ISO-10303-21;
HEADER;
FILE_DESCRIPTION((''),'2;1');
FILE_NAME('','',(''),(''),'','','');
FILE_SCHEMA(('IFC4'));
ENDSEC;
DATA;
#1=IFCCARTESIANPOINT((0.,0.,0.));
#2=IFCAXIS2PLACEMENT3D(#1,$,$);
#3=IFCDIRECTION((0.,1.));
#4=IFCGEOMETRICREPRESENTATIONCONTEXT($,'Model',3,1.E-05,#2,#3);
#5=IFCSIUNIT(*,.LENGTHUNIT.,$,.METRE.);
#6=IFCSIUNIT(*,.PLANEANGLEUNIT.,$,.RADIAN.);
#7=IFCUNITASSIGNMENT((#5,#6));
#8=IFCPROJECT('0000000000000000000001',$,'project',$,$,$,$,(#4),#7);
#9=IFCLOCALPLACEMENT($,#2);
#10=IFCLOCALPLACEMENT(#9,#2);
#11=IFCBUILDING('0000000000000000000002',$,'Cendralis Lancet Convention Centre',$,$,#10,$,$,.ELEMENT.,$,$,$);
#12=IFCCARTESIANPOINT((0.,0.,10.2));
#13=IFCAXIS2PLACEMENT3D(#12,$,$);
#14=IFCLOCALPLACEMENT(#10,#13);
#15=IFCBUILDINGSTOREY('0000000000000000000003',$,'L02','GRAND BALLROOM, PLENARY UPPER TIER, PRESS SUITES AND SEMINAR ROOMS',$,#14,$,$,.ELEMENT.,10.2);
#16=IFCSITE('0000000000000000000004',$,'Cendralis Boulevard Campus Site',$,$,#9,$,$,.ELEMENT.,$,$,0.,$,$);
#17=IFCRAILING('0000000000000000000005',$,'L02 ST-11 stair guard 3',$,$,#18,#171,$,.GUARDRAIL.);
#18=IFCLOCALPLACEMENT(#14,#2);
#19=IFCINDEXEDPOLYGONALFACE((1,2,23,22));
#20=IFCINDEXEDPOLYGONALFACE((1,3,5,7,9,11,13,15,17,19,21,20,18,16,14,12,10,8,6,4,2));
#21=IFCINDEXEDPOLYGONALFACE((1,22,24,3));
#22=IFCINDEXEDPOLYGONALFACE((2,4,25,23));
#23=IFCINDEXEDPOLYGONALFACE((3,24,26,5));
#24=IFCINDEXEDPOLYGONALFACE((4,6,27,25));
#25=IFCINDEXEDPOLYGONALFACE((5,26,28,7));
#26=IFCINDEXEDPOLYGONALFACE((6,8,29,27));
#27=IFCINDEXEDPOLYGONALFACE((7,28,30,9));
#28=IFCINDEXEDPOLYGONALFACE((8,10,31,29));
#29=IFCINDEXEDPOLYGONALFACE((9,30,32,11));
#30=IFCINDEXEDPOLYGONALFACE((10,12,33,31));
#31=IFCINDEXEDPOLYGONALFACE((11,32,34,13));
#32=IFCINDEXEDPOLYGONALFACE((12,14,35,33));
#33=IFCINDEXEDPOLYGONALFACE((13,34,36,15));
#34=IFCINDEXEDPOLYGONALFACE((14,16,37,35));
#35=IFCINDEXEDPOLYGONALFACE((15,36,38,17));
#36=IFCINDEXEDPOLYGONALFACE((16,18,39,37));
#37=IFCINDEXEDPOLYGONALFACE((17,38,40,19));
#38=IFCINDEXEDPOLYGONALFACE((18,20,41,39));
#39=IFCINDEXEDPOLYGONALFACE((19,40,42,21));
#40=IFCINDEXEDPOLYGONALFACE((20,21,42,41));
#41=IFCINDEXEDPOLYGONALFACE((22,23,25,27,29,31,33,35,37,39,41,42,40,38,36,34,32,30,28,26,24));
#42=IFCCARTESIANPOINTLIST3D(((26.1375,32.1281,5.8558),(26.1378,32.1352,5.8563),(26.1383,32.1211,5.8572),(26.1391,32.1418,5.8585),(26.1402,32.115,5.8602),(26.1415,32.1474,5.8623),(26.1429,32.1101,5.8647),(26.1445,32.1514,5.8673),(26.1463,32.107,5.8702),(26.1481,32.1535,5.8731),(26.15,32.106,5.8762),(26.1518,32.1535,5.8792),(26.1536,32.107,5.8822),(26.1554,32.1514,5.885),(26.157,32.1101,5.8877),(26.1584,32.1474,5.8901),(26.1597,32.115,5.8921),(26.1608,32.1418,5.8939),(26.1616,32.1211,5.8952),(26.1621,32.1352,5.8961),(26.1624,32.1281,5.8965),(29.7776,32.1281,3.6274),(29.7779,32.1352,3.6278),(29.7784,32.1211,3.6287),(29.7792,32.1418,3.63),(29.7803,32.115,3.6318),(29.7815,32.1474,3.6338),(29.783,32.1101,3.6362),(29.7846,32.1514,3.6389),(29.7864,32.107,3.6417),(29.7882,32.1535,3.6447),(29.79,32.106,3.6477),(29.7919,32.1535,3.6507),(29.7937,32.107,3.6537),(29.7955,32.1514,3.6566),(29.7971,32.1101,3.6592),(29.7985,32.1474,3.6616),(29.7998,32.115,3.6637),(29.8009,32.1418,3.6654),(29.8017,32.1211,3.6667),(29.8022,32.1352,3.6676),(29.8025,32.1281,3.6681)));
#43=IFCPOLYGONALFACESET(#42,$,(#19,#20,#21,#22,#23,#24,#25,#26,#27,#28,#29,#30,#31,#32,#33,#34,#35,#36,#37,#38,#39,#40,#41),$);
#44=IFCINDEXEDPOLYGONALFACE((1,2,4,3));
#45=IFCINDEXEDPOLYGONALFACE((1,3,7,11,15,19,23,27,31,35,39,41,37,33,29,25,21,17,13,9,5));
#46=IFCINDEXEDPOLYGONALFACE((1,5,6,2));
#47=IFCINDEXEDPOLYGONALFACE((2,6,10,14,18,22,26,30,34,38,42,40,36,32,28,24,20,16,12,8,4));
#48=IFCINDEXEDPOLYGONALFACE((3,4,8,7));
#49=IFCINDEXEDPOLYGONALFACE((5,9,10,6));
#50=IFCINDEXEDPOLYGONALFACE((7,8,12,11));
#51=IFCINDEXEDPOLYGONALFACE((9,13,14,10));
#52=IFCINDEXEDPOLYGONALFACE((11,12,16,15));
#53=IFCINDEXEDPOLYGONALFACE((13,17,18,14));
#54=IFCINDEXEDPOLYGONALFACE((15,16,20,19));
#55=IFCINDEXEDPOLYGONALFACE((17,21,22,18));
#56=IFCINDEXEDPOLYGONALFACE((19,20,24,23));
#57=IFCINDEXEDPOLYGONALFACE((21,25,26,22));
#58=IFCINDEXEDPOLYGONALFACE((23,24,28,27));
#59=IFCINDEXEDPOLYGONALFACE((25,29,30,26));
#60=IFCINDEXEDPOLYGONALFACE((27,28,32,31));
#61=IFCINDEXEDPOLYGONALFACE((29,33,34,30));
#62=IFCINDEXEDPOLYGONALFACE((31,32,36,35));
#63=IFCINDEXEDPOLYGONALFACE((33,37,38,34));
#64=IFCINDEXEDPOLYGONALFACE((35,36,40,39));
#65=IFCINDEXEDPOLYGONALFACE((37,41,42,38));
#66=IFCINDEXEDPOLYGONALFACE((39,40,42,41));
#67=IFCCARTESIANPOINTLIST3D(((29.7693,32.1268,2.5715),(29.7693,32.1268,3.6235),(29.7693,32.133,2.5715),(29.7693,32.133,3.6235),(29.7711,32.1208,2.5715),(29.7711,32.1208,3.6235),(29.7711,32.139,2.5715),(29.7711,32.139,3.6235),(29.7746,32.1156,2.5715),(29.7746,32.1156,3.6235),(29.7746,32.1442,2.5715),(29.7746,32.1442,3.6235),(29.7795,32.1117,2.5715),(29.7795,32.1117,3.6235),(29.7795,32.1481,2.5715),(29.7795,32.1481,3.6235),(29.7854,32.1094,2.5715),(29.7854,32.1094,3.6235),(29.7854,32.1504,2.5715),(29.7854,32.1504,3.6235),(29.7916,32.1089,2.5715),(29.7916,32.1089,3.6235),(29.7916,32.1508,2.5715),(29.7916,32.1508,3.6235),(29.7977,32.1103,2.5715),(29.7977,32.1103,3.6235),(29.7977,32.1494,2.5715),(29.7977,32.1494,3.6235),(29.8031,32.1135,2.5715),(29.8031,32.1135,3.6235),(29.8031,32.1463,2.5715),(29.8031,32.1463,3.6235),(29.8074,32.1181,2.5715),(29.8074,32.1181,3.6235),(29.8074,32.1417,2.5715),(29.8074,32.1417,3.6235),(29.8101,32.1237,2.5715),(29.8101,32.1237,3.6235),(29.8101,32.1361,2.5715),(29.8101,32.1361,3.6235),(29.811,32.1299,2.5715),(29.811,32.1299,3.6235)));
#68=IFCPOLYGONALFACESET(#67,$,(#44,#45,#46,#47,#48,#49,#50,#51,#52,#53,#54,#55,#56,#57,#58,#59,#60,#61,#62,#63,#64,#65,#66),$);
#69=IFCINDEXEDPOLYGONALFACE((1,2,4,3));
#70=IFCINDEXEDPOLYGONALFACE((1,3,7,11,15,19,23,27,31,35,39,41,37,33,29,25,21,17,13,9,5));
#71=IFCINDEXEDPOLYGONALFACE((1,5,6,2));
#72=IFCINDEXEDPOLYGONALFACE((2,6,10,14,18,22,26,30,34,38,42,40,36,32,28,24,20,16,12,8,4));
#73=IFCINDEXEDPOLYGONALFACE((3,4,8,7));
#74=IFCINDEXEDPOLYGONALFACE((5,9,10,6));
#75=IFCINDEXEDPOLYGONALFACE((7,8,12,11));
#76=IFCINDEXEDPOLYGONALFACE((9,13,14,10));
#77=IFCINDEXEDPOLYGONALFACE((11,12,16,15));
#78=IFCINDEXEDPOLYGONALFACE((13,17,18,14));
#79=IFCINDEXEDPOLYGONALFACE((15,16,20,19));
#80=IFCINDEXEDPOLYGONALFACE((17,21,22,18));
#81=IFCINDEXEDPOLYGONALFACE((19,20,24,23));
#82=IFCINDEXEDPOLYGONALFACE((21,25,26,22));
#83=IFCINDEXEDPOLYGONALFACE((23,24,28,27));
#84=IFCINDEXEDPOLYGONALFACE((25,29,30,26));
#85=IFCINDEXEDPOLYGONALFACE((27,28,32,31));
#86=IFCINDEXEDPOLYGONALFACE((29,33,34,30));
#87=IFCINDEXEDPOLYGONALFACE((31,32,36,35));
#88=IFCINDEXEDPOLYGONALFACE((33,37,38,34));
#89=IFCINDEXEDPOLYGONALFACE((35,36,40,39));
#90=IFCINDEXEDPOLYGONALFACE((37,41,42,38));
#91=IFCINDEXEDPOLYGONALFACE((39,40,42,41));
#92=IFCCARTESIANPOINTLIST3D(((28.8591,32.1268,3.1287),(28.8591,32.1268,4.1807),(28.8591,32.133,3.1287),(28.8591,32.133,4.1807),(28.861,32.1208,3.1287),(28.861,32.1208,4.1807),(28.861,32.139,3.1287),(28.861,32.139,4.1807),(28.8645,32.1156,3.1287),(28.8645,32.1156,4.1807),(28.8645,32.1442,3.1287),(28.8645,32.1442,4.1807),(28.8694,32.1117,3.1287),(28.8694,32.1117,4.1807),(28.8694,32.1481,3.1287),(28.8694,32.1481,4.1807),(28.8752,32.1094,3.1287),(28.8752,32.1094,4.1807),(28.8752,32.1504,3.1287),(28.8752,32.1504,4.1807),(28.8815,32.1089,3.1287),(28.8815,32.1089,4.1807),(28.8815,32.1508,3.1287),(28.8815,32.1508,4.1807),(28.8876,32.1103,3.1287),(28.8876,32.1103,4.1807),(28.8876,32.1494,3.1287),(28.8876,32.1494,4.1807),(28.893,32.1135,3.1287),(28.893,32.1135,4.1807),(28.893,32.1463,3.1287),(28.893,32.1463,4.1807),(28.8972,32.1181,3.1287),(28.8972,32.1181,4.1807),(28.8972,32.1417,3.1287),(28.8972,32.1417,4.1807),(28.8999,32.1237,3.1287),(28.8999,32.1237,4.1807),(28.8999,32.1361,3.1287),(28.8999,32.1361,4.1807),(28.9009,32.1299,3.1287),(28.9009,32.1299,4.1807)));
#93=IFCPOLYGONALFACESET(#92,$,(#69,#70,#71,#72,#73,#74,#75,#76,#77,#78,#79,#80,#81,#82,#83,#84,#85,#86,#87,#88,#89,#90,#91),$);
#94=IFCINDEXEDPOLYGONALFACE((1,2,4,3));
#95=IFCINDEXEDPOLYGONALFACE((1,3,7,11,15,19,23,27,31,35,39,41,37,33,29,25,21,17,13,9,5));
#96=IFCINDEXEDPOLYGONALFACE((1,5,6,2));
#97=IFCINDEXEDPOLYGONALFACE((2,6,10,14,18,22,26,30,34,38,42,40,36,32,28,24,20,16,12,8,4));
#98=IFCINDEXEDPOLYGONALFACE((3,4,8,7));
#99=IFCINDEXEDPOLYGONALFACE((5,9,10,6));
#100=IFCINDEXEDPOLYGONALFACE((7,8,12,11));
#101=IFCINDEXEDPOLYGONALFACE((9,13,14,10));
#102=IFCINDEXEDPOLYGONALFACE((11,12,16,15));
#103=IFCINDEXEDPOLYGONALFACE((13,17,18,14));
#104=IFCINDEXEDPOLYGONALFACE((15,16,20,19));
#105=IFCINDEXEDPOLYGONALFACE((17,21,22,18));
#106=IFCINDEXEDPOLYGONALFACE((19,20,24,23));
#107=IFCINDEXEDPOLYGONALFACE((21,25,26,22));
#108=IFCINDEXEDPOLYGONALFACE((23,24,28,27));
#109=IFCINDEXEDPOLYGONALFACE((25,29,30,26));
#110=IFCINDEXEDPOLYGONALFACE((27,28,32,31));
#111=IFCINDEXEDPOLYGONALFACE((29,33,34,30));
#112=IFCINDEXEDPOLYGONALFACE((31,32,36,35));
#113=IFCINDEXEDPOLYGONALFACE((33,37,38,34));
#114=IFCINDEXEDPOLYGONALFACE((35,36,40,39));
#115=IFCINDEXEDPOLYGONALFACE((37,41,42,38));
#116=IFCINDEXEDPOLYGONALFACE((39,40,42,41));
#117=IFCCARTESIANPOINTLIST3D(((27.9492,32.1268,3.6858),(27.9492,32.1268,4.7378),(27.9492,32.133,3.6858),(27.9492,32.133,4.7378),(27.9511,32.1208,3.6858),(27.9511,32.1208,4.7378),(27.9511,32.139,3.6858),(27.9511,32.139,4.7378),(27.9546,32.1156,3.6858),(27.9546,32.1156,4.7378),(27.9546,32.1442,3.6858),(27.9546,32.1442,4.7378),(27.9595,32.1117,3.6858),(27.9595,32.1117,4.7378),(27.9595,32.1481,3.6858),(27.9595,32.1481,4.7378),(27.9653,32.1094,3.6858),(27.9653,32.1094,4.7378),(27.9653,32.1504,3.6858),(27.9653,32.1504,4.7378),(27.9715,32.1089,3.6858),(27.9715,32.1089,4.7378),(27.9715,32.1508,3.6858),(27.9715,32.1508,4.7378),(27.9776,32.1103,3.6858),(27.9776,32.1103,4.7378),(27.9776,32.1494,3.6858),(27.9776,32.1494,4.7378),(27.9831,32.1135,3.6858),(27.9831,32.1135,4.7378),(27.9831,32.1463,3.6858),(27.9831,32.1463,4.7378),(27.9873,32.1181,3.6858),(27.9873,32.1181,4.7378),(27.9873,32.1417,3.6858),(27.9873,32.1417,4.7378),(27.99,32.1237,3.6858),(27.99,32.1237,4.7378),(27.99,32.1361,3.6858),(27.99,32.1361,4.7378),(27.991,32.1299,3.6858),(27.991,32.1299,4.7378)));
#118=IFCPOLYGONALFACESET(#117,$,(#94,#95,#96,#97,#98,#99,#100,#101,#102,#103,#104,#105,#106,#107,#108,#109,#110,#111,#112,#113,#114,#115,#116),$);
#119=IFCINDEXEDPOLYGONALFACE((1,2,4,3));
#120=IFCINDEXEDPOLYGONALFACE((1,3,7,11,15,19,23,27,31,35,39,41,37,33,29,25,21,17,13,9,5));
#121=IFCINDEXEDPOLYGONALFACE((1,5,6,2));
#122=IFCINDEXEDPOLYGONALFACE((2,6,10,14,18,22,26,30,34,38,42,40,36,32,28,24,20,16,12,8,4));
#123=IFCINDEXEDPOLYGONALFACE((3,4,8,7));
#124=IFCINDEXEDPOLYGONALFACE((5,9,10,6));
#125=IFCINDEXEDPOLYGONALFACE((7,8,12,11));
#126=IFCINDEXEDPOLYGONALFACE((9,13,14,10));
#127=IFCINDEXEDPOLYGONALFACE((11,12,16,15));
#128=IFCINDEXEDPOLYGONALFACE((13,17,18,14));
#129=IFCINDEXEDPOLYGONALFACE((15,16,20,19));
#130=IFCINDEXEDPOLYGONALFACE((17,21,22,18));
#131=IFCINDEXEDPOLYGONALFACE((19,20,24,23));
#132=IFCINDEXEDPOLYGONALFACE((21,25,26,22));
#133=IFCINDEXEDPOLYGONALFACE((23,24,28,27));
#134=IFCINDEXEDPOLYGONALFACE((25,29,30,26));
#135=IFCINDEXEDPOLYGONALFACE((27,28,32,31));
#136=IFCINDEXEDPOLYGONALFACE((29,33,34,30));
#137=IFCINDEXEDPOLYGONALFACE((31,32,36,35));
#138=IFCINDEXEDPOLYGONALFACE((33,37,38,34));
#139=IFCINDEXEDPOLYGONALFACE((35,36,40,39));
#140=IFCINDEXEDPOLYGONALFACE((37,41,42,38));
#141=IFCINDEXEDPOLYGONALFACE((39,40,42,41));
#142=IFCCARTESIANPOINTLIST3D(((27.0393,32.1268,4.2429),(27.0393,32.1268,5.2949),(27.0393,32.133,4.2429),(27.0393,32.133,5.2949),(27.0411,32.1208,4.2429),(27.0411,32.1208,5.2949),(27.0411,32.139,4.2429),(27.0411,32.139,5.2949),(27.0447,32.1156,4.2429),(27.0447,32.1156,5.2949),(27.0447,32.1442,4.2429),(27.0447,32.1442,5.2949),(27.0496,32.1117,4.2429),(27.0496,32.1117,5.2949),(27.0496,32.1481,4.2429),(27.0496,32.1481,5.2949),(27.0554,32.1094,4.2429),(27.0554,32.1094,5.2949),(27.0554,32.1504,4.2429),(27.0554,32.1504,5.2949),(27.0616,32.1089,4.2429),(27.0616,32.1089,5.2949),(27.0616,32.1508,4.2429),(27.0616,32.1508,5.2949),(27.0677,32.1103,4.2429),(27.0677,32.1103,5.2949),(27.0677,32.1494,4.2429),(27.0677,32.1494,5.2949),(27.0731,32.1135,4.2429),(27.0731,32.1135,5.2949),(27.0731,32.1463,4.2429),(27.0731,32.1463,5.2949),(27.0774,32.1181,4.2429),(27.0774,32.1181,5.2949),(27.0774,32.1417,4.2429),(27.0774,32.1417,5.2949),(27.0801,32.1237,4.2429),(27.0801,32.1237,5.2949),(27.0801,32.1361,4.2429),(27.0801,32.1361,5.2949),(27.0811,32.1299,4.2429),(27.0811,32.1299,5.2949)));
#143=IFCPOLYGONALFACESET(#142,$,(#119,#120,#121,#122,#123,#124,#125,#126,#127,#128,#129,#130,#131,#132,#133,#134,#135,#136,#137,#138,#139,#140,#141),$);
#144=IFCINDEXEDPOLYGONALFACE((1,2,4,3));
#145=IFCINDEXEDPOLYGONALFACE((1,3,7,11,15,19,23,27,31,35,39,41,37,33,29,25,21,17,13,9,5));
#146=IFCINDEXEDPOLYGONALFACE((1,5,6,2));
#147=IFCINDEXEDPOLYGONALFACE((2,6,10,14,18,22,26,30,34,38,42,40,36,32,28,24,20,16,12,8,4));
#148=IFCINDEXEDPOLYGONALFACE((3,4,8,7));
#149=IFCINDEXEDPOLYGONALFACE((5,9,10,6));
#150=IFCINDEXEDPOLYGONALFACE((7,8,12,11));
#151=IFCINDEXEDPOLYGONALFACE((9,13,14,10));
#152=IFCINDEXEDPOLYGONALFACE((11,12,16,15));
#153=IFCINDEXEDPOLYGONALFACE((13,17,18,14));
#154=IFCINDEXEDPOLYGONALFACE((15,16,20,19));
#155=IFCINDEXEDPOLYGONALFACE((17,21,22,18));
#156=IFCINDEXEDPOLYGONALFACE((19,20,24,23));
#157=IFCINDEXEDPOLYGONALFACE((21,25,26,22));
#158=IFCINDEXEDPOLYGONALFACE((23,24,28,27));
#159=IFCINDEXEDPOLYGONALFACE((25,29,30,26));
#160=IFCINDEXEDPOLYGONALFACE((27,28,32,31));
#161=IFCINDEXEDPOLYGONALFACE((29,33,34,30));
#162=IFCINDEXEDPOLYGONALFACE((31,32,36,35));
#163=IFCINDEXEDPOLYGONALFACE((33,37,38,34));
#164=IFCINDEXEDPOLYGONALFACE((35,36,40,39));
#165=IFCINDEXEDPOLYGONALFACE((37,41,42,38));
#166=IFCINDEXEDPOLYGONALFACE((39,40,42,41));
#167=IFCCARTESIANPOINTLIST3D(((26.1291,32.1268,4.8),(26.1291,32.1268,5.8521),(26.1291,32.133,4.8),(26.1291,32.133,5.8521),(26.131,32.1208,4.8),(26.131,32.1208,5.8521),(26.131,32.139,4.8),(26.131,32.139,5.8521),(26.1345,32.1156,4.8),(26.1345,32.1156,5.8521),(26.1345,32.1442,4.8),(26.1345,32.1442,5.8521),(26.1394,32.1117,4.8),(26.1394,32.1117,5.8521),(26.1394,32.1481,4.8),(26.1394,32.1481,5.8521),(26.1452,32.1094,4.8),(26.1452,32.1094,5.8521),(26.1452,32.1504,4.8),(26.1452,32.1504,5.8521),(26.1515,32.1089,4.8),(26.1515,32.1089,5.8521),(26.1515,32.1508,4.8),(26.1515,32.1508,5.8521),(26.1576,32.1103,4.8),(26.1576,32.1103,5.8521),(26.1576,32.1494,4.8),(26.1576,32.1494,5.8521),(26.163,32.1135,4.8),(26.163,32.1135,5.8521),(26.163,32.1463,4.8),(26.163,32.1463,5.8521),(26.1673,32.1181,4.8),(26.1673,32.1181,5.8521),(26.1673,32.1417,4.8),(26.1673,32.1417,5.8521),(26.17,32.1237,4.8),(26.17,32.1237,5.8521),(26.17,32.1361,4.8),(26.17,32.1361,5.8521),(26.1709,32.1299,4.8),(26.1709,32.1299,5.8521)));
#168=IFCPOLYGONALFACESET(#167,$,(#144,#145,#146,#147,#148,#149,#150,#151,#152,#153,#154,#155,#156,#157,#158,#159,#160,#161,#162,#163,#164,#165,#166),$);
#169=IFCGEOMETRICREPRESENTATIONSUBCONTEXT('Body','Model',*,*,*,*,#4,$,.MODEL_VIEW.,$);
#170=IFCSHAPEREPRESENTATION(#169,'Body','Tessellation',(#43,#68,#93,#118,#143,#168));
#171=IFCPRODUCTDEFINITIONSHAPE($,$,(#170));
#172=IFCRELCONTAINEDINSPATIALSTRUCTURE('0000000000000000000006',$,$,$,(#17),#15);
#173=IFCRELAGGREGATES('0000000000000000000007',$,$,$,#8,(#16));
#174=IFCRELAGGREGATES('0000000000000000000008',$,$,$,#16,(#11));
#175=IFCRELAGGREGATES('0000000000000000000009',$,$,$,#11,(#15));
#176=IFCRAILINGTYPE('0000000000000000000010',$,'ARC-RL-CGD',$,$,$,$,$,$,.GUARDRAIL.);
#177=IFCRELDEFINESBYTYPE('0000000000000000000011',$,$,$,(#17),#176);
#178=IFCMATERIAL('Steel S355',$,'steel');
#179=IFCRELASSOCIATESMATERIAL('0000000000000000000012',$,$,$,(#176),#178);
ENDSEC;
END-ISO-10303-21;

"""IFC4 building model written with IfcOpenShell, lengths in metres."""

from ifc_helpers import new_model, si_unit, direction, frame, origin, origin_2d, place, context, subcontext, project, spatial, circle, extrude, material, type_object, element, save


model = new_model("IFC4")

# Units and contexts
model_context = context("Model", 3, precision=1e-05, world=origin(), true_north=direction((0.0, 1.0)))
body_context = subcontext(model_context, "Body", "Model", "MODEL_VIEW")
ifc_project = project(units=[si_unit("LENGTHUNIT", "METRE"), si_unit("PLANEANGLEUNIT", "RADIAN")], contexts=[model_context])

# Site, building, storey
site_placement = place(None, origin())
site = spatial("IfcSite", under=ifc_project, at=site_placement, Name="Cendralis Boulevard Campus Site", CompositionType="ELEMENT", RefElevation=0.0)
building_placement = place(site_placement, origin())
building = spatial("IfcBuilding", under=site, at=building_placement, Name="Cendralis Lancet Convention Centre", CompositionType="ELEMENT")
storey_placement = place(building_placement, frame((0.0, 0.0, 10.2)))
storey = spatial("IfcBuildingStorey", under=building, at=storey_placement, Name="L02", Description="GRAND BALLROOM, PLENARY UPPER TIER, PRESS SUITES AND SEMINAR ROOMS", CompositionType="ELEMENT", Elevation=10.2)

# Shared definitions
ifc_material_1 = material(Name="Steel S355", Category="steel")

# Railing
railing_type_1 = type_object("IfcRailingType", Name="ARC-RL-CGD", PredefinedType="GUARDRAIL", material=ifc_material_1)
railing_1_placement = place(storey_placement, frame((29.79, 32.1299, 2.5715)))
element("IfcRailing", 1, at=railing_1_placement, inside=storey, type_object=railing_type_1, Name="L02 ST-11 stair guard 3", PredefinedType="GUARDRAIL", context=body_context, shape_type="SweptSolid", body=[
    extrude(circle(Radius=0.0239, at=origin_2d()), frame((0.0, 0.0, 1.0762), z_axis=(-0.852866, 0.0, 0.52213), x_axis=(0.0, -1.0, 0.0)), (0.0, 0.0, 1.0), 4.2681),
    extrude(circle(Radius=0.021, at=origin_2d()), origin(), (0.0, 0.0, 1.0), 1.052),
    extrude(circle(Radius=0.021, at=origin_2d()), frame((-0.9102, 0.0, 0.5571)), (0.0, 0.0, 1.0), 1.052),
    extrude(circle(Radius=0.021, at=origin_2d()), frame((-1.8201, 0.0, 1.1143)), (0.0, 0.0, 1.0), 1.052),
    extrude(circle(Radius=0.021, at=origin_2d()), frame((-2.73, 0.0, 1.6714)), (0.0, 0.0, 1.0), 1.052),
    extrude(circle(Radius=0.021, at=origin_2d()), frame((-3.6401, 0.0, 2.2285)), (0.0, 0.0, 1.0), 1.052),
])

save(model, "model.ifc")
